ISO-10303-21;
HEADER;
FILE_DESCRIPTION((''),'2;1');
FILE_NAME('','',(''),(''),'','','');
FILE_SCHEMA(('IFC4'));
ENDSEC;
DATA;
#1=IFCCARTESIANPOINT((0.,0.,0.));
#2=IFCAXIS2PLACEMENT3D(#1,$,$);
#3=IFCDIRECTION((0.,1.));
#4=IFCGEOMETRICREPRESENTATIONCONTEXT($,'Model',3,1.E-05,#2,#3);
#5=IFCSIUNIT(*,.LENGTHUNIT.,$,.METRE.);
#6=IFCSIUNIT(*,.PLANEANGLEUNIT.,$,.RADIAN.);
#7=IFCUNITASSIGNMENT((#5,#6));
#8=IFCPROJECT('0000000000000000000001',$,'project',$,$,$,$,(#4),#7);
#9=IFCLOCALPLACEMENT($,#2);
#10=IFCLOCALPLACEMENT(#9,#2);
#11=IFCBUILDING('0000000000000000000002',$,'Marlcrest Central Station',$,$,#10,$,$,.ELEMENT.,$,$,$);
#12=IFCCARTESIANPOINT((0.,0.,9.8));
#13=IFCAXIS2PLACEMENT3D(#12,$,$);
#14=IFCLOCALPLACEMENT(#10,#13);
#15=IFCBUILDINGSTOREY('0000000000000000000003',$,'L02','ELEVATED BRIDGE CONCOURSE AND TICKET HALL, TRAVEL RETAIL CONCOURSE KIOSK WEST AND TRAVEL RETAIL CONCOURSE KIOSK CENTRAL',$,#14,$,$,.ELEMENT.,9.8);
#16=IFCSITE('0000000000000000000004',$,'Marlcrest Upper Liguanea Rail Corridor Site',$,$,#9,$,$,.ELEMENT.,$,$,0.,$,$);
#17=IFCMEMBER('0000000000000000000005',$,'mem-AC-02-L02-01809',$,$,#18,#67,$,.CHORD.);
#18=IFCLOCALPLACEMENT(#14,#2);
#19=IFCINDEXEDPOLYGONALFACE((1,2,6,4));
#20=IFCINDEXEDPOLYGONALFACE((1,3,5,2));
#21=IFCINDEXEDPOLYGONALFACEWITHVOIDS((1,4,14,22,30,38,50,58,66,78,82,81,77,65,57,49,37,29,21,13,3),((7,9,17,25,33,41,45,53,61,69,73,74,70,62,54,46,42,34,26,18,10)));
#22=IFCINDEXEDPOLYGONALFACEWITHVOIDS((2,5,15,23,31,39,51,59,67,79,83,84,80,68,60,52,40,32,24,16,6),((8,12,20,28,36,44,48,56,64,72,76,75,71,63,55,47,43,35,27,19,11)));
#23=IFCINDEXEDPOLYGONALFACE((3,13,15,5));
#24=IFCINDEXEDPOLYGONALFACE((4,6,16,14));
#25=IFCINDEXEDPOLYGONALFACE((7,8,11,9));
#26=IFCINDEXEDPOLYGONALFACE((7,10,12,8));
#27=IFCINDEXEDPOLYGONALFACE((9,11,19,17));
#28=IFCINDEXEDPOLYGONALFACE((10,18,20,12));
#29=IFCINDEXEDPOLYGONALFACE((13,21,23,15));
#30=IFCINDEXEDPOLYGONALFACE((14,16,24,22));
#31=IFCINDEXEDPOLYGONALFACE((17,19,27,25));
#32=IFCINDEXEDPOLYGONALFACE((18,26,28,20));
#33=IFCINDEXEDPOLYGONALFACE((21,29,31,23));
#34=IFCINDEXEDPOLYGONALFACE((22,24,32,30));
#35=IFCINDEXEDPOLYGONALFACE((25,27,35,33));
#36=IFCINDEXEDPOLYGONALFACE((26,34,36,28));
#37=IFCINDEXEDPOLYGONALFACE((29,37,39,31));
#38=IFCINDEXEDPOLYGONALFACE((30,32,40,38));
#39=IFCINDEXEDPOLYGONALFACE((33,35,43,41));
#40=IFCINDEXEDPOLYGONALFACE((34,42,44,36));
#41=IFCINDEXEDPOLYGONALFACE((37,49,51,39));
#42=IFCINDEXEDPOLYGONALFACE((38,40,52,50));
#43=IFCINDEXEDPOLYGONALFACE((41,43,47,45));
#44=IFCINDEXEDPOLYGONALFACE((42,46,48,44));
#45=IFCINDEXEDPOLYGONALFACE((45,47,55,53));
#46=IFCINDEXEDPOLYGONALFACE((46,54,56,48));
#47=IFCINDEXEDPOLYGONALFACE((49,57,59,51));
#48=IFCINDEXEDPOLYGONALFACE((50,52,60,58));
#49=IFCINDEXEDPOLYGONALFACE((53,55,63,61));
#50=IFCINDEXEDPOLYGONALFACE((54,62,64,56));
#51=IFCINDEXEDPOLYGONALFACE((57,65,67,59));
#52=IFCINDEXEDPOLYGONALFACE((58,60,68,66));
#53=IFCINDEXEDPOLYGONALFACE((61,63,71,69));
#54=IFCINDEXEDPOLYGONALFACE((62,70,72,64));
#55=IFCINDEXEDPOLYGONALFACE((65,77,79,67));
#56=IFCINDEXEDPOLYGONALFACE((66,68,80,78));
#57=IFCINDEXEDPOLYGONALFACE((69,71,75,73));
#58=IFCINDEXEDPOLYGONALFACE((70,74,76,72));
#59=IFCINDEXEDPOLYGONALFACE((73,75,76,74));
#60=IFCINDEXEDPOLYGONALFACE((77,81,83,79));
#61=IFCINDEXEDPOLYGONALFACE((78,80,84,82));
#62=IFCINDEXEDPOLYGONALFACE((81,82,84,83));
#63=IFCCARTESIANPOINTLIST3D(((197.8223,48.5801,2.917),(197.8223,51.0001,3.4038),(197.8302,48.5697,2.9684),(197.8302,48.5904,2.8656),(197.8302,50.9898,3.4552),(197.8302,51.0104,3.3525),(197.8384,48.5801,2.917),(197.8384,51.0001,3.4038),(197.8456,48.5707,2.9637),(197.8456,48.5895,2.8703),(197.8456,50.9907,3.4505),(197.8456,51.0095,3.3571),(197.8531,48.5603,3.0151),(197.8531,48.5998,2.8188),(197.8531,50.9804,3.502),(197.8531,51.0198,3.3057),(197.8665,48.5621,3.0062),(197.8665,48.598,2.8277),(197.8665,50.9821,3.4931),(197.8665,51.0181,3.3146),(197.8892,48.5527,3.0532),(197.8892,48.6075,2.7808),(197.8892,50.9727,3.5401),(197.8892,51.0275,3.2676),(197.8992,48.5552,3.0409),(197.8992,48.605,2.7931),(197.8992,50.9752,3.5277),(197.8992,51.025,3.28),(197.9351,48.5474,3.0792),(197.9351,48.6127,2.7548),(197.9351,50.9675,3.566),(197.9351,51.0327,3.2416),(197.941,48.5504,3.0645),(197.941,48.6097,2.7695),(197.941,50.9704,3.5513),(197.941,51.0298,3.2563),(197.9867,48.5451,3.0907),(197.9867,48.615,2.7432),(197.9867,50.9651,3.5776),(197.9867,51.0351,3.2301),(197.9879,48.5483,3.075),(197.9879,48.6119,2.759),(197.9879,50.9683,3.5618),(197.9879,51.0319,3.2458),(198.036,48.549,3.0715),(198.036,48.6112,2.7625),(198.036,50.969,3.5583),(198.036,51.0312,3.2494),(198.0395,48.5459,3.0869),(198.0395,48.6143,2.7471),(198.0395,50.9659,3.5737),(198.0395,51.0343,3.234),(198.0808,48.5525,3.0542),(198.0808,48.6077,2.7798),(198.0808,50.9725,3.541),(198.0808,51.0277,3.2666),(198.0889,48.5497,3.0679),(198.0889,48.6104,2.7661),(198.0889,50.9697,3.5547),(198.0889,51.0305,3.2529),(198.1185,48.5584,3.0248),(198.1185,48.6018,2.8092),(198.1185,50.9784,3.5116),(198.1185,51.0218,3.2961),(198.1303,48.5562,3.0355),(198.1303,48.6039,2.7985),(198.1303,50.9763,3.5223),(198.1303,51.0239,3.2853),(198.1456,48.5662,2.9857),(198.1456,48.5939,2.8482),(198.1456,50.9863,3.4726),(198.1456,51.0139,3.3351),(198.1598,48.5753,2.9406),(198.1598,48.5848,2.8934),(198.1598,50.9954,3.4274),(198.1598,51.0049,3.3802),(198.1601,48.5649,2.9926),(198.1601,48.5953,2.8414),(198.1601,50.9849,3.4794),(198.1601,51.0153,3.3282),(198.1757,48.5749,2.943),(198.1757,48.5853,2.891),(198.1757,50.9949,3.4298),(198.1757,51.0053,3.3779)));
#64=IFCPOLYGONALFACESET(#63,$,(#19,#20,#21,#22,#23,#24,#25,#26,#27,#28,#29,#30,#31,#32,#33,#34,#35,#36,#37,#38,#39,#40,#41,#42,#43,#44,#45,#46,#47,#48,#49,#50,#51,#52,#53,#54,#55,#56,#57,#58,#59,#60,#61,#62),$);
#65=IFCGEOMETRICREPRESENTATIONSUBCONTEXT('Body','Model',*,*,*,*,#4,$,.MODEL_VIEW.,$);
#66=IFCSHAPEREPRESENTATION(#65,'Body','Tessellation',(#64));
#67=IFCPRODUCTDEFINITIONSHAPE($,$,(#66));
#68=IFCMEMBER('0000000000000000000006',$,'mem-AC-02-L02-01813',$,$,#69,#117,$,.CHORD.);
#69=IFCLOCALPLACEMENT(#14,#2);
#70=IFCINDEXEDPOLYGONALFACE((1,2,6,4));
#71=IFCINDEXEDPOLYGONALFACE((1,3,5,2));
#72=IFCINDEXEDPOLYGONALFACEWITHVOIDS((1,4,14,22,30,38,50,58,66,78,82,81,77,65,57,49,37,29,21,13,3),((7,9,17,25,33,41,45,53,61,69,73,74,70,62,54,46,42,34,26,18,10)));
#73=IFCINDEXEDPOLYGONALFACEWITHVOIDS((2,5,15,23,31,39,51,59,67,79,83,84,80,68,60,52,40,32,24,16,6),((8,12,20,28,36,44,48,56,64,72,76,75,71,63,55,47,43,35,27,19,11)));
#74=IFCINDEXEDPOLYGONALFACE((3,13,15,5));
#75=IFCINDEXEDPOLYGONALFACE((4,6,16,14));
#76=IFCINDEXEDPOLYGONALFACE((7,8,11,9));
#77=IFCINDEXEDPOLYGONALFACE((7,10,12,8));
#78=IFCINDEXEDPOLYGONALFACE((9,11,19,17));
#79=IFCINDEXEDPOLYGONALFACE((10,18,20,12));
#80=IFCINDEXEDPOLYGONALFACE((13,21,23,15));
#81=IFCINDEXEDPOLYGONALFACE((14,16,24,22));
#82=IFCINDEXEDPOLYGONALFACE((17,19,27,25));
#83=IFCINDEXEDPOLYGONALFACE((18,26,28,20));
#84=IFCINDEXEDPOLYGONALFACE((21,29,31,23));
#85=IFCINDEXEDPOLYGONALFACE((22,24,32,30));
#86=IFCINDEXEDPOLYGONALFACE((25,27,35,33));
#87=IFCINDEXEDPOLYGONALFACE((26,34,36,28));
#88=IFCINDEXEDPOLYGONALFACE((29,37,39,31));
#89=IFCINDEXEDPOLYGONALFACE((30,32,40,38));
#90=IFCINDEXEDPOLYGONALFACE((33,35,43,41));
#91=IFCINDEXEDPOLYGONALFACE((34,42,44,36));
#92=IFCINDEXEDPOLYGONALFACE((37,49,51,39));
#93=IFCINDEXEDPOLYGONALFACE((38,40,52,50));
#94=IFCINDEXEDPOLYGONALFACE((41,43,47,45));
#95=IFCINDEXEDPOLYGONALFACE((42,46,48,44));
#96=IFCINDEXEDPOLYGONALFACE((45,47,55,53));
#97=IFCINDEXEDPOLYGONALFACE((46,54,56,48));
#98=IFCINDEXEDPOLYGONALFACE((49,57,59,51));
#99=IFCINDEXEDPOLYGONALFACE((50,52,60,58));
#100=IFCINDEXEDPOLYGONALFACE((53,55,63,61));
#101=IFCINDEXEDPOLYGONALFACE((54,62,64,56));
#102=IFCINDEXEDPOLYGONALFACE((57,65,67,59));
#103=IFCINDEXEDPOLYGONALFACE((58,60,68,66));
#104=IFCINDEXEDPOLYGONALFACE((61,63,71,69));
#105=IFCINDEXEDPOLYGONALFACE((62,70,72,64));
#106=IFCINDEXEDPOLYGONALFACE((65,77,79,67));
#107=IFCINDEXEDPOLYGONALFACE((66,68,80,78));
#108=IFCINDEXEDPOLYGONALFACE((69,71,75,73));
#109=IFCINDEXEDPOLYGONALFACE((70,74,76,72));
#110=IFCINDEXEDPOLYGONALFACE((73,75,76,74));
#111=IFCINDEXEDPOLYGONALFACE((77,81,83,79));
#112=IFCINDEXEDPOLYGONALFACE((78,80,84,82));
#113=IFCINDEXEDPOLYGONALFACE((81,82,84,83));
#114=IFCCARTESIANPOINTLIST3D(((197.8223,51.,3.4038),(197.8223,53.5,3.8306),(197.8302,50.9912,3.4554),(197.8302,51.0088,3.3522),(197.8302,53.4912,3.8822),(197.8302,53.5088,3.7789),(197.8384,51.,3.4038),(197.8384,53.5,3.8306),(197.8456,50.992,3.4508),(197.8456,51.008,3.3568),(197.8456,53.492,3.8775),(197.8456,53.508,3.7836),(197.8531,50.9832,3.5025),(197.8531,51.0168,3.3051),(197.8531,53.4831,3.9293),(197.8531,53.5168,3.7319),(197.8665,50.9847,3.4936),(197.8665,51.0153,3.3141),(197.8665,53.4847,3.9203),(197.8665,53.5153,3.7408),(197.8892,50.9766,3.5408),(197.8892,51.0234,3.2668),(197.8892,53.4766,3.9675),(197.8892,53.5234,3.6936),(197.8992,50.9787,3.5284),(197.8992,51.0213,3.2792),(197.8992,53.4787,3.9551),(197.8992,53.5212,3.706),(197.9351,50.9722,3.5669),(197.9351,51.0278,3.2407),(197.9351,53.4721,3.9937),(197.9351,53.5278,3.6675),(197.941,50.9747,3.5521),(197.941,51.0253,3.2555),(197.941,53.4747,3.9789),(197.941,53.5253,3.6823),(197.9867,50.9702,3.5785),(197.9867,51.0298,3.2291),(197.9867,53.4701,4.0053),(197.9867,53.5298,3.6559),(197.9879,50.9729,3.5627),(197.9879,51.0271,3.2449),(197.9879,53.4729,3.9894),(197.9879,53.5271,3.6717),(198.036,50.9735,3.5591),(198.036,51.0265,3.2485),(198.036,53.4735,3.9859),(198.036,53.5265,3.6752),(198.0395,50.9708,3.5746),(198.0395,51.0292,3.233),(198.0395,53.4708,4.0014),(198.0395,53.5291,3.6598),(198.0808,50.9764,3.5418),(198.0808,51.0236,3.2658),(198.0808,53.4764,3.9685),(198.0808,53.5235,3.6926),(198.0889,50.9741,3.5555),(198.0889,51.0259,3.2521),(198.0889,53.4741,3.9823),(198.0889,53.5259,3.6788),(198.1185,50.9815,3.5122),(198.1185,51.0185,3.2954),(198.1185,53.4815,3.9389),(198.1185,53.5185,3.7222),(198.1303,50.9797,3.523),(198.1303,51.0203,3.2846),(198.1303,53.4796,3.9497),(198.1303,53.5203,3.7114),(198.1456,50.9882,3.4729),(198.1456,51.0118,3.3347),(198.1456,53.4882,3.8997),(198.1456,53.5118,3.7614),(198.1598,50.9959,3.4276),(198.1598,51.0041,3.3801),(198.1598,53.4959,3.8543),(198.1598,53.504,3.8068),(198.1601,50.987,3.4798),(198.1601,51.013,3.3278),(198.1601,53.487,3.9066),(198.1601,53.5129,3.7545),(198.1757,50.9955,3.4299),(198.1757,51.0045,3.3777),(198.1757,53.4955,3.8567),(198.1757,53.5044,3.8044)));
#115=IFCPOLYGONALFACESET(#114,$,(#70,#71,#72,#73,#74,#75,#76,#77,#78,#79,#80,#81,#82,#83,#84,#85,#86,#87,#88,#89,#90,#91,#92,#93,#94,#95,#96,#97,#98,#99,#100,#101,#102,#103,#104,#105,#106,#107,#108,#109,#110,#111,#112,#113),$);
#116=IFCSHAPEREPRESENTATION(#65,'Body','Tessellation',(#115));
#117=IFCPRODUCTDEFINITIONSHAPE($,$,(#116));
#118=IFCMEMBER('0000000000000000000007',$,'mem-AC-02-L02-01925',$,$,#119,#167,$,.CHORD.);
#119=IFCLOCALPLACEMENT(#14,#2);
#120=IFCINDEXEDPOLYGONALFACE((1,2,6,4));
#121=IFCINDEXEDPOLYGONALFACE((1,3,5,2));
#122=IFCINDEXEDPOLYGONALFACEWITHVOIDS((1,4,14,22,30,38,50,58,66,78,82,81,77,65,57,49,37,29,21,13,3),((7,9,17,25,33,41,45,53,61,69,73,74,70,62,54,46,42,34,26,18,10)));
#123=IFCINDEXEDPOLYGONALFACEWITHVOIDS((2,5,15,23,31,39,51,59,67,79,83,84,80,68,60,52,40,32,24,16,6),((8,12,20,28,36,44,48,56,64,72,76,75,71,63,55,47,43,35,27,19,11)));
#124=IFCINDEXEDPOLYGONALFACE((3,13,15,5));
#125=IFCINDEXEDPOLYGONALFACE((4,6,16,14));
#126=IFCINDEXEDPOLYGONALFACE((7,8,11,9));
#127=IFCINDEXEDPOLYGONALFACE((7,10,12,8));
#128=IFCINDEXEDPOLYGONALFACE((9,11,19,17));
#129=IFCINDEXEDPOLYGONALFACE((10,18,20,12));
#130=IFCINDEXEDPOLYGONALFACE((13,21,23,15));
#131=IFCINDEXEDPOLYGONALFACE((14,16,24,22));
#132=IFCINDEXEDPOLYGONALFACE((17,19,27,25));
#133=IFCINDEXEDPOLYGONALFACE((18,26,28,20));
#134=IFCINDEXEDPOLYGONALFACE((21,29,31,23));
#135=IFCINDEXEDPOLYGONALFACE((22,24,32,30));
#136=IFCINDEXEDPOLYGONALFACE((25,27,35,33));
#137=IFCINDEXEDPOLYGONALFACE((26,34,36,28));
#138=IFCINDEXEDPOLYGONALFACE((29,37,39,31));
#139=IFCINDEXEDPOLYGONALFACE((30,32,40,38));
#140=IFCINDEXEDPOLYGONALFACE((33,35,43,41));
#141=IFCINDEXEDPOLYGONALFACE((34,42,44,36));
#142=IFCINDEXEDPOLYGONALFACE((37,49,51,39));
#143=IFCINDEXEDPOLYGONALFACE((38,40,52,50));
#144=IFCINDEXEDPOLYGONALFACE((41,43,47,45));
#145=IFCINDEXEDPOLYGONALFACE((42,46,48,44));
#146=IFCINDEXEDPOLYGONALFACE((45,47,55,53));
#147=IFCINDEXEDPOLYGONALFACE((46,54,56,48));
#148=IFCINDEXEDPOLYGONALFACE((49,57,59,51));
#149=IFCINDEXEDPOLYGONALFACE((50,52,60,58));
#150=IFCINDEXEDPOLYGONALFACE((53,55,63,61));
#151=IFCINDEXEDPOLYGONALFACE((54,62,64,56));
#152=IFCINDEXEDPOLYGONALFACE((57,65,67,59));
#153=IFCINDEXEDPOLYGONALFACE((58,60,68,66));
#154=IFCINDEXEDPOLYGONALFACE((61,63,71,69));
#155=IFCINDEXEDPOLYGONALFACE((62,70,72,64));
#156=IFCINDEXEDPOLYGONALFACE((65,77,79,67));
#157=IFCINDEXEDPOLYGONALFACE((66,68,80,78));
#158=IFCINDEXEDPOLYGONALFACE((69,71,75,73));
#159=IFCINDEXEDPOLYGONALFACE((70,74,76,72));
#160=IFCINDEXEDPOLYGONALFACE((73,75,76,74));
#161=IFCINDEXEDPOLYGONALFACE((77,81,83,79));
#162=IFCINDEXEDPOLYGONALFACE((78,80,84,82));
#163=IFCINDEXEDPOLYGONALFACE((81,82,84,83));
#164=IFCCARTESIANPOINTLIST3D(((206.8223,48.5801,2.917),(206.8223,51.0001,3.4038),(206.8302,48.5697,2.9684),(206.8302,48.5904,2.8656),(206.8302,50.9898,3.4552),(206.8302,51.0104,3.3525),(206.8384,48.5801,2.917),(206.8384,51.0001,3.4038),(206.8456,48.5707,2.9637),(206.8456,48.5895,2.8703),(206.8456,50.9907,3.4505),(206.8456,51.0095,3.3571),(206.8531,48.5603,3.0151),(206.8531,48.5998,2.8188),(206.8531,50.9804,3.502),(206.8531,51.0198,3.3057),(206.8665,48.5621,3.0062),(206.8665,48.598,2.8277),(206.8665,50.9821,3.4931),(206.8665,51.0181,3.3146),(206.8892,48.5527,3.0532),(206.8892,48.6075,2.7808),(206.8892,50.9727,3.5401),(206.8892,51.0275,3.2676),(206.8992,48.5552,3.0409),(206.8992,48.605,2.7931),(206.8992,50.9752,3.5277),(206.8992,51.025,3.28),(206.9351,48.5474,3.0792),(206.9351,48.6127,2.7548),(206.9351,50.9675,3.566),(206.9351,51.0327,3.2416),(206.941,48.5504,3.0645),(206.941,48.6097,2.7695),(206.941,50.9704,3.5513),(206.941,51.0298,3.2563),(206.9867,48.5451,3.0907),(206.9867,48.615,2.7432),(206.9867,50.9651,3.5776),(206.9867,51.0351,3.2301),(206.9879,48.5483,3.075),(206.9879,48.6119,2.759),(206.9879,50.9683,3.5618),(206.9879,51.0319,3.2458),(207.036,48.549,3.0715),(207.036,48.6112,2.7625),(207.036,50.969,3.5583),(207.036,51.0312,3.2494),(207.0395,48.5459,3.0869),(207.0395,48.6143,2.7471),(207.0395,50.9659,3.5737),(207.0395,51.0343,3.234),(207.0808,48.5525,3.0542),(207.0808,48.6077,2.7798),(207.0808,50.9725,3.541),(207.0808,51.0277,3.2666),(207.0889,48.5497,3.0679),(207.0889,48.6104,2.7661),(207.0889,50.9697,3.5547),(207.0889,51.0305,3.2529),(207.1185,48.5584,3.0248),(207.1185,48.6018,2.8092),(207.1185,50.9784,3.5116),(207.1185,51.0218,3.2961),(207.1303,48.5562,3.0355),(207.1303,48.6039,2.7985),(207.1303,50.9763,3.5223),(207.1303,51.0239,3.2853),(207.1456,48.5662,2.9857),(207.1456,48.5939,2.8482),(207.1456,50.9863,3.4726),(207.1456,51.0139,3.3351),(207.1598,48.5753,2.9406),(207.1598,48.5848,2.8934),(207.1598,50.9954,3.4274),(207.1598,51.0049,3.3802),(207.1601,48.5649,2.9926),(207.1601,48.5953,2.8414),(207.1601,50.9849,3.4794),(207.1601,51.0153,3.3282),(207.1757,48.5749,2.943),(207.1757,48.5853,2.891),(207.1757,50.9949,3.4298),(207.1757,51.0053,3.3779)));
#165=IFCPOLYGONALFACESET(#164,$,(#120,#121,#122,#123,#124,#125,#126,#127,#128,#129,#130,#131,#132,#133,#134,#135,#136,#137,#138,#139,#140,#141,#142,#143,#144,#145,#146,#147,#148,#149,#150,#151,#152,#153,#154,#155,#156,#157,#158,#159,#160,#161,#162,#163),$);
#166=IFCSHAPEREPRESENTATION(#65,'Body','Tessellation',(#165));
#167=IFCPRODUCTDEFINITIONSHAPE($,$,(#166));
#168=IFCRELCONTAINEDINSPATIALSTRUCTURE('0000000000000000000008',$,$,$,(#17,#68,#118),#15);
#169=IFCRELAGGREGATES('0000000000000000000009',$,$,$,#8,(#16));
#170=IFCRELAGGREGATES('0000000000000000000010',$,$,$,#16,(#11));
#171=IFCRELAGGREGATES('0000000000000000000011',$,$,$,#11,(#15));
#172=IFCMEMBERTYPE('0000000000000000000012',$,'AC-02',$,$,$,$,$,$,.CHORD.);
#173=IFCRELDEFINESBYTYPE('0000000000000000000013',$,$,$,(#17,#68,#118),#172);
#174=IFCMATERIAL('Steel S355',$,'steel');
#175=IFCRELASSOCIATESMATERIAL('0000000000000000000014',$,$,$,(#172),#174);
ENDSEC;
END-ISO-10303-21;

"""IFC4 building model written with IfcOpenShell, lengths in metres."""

from ifc_helpers import new_model, si_unit, direction, frame, origin, origin_2d, place, context, subcontext, project, spatial, hollow_circle, extrude, material, material_profile, profile_set, type_object, element, save


model = new_model("IFC4")

# Units and contexts
model_context = context("Model", 3, precision=1e-05, world=origin(), true_north=direction((0.0, 1.0)))
body_context = subcontext(model_context, "Body", "Model", "MODEL_VIEW")
ifc_project = project(units=[si_unit("LENGTHUNIT", "METRE"), si_unit("PLANEANGLEUNIT", "RADIAN")], contexts=[model_context])

# Site, building, storey
site_placement = place(None, origin())
site = spatial("IfcSite", under=ifc_project, at=site_placement, Name="Marlcrest Upper Liguanea Rail Corridor Site", CompositionType="ELEMENT", RefElevation=0.0)
building_placement = place(site_placement, origin())
building = spatial("IfcBuilding", under=site, at=building_placement, Name="Marlcrest Central Station", CompositionType="ELEMENT")
storey_placement = place(building_placement, frame((0.0, 0.0, 9.8)))
storey = spatial("IfcBuildingStorey", under=building, at=storey_placement, Name="L02", Description="ELEVATED BRIDGE CONCOURSE AND TICKET HALL, TRAVEL RETAIL CONCOURSE KIOSK WEST AND TRAVEL RETAIL CONCOURSE KIOSK CENTRAL", CompositionType="ELEMENT", Elevation=9.8)

# Members
ifc_material = material(Name="Steel S355", Category="steel")
ifc_material_profile_1 = material_profile(ifc_material, hollow_circle(Radius=0.1777, WallThickness=0.0161, at=origin_2d()), Name="CHS 355.6x16")
ifc_profile_set_1 = profile_set([ifc_material_profile_1], Name="Steel S355")
member_type_1 = type_object("IfcMemberType", Name="AC-02", PredefinedType="CHORD", material=ifc_profile_set_1)
member_1_placement = place(storey_placement, frame((198.0, 48.5801, 2.917), z_axis=(0.0, 0.980359, 0.197219), x_axis=(-1.0, 0.0, 0.0)))
element("IfcMember", 1, at=member_1_placement, inside=storey, type_object=member_type_1, Name="mem-AC-02-L02-01809", PredefinedType="CHORD", context=body_context, shape_type="SweptSolid", body=[
    extrude(hollow_circle(Radius=0.1777, WallThickness=0.0161, at=origin_2d()), origin(), (0.0, 0.0, 1.0), 2.4685),
])
member_2_placement = place(storey_placement, frame((198.0, 51.0, 3.4038), z_axis=(0.0, 0.985741, 0.168269), x_axis=(-1.0, 0.0, 0.0)))
element("IfcMember", 2, at=member_2_placement, inside=storey, type_object=member_type_1, Name="mem-AC-02-L02-01813", PredefinedType="CHORD", context=body_context, shape_type="SweptSolid", body=[
    extrude(hollow_circle(Radius=0.1777, WallThickness=0.0161, at=origin_2d()), origin(), (0.0, 0.0, 1.0), 2.5361),
])
member_3_placement = place(storey_placement, frame((207.0, 48.5801, 2.917), z_axis=(0.0, 0.980359, 0.197219), x_axis=(-1.0, 0.0, 0.0)))
element("IfcMember", 3, at=member_3_placement, inside=storey, type_object=member_type_1, Name="mem-AC-02-L02-01925", PredefinedType="CHORD", context=body_context, shape_type="SweptSolid", body=[
    extrude(hollow_circle(Radius=0.1777, WallThickness=0.0161, at=origin_2d()), origin(), (0.0, 0.0, 1.0), 2.4685),
])

save(model, "model.ifc")
